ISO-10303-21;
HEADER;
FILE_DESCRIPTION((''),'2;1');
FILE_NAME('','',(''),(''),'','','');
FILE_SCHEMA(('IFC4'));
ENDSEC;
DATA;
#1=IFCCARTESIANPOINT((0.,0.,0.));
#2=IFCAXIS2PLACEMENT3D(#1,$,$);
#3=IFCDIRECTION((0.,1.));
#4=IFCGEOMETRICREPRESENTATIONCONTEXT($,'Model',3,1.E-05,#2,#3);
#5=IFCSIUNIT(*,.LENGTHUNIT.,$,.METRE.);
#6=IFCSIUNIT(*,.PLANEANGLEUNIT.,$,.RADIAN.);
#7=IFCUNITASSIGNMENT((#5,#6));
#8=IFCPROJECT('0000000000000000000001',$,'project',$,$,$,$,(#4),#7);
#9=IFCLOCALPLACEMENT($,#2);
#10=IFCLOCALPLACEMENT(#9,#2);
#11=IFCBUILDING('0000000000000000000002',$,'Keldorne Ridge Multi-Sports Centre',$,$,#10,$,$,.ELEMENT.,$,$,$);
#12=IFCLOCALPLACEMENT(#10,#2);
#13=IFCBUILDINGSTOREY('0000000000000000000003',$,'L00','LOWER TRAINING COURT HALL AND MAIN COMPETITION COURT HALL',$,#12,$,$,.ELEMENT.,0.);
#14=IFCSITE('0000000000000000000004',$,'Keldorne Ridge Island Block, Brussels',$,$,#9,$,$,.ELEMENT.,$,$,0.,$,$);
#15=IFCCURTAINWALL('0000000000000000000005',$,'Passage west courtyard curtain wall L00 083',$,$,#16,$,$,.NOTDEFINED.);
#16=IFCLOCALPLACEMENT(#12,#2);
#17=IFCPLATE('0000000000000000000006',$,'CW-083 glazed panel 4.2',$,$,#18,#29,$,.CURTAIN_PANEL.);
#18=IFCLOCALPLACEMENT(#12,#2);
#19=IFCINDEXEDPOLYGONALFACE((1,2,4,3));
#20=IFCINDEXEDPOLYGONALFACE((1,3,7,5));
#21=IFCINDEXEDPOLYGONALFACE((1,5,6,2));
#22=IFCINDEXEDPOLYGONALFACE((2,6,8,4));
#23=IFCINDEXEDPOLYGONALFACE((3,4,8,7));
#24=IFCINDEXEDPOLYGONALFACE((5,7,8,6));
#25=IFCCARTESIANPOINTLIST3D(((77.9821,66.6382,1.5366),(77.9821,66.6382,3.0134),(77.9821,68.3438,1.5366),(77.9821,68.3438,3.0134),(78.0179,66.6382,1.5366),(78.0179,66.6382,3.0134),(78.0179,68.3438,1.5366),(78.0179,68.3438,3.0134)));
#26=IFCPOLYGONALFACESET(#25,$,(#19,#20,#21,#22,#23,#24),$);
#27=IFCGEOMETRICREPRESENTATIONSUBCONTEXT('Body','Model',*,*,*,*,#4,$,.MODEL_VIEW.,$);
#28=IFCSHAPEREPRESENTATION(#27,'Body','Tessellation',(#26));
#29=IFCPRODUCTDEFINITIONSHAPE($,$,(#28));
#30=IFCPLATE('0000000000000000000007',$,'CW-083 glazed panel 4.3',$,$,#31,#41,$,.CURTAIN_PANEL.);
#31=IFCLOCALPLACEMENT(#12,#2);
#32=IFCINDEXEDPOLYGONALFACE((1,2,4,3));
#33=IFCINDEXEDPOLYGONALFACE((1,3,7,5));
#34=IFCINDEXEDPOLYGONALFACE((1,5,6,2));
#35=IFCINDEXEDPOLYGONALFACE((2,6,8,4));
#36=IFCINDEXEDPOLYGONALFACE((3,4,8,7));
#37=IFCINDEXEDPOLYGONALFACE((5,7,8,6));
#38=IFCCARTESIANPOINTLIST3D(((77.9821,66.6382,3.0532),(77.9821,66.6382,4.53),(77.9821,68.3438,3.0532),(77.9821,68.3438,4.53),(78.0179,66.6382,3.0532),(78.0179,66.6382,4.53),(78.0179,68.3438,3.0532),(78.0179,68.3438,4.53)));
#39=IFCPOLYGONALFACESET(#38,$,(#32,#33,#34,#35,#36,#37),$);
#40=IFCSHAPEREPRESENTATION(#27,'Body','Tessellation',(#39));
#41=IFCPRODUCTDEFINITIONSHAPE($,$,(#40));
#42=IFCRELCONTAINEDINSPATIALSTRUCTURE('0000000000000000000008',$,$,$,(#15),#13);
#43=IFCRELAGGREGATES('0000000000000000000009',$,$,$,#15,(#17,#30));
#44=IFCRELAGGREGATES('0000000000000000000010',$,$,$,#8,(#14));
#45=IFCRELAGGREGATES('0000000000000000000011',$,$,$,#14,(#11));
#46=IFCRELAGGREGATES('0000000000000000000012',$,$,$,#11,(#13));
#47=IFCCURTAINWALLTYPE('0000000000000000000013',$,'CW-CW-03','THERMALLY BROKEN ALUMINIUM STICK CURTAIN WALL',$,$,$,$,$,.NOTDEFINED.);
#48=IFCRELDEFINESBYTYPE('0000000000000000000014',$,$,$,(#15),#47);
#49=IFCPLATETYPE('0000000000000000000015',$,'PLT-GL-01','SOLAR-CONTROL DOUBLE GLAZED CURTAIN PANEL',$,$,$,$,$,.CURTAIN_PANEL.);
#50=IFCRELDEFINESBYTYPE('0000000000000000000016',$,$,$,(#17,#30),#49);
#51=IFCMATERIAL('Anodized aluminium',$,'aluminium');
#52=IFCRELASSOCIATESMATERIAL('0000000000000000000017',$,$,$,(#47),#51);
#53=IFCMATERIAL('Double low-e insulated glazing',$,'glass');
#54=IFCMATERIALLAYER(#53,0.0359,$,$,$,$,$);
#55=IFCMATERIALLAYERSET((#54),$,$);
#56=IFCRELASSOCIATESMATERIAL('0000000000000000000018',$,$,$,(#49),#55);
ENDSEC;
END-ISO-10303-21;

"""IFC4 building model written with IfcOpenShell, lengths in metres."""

from ifc_helpers import new_model, si_unit, direction, frame, origin, origin_2d, place, context, subcontext, project, spatial, rectangle, extrude, material, layer, layer_set, type_object, element, aggregate, save


model = new_model("IFC4")

# Units and contexts
model_context = context("Model", 3, precision=1e-05, world=origin(), true_north=direction((0.0, 1.0)))
body_context = subcontext(model_context, "Body", "Model", "MODEL_VIEW")
ifc_project = project(units=[si_unit("LENGTHUNIT", "METRE"), si_unit("PLANEANGLEUNIT", "RADIAN")], contexts=[model_context])

# Site, building, storey
site_placement = place(None, origin())
site = spatial("IfcSite", under=ifc_project, at=site_placement, Name="Keldorne Ridge Island Block, Brussels", CompositionType="ELEMENT", RefElevation=0.0)
building_placement = place(site_placement, origin())
building = spatial("IfcBuilding", under=site, at=building_placement, Name="Keldorne Ridge Multi-Sports Centre", CompositionType="ELEMENT")
storey_placement = place(building_placement, origin())
storey = spatial("IfcBuildingStorey", under=building, at=storey_placement, Name="L00", Description="LOWER TRAINING COURT HALL AND MAIN COMPETITION COURT HALL", CompositionType="ELEMENT", Elevation=0.0)

# Curtain wall, plates
ifc_material_1 = material(Name="Anodized aluminium", Category="aluminium")
curtain_wall_type = type_object("IfcCurtainWallType", Name="CW-CW-03", Description="THERMALLY BROKEN ALUMINIUM STICK CURTAIN WALL", PredefinedType="NOTDEFINED", material=ifc_material_1)
curtain_wall_placement = place(storey_placement, origin())
curtain_wall = element("IfcCurtainWall", 1, at=curtain_wall_placement, inside=storey, type_object=curtain_wall_type, Name="Passage west courtyard curtain wall L00 083", PredefinedType="NOTDEFINED")
ifc_material_2 = material(Name="Double low-e insulated glazing", Category="glass")
ifc_layer = layer(ifc_material_2, 0.0359)
ifc_layer_set = layer_set([ifc_layer])
plate_type = type_object("IfcPlateType", Name="PLT-GL-01", Description="SOLAR-CONTROL DOUBLE GLAZED CURTAIN PANEL", PredefinedType="CURTAIN_PANEL", material=ifc_layer_set)
plate_1_placement = place(storey_placement, frame((78.0, 67.491, 1.5366), z_axis=(0.0, 0.0, 1.0), x_axis=(0.0, -1.0, 0.0)))
plate_1 = element("IfcPlate", 2, at=plate_1_placement, type_object=plate_type, Name="CW-083 glazed panel 4.2", PredefinedType="CURTAIN_PANEL", context=body_context, shape_type="SweptSolid", body=[
    extrude(rectangle(XDim=1.7056, YDim=0.0359, at=origin_2d()), origin(), (0.0, 0.0, 1.0), 1.4768),
])
plate_2_placement = place(storey_placement, frame((78.0, 67.491, 3.0532), z_axis=(0.0, 0.0, 1.0), x_axis=(0.0, -1.0, 0.0)))
plate_2 = element("IfcPlate", 3, at=plate_2_placement, type_object=plate_type, Name="CW-083 glazed panel 4.3", PredefinedType="CURTAIN_PANEL", context=body_context, shape_type="SweptSolid", body=[
    extrude(rectangle(XDim=1.7056, YDim=0.0359, at=origin_2d()), origin(), (0.0, 0.0, 1.0), 1.4768),
])
aggregate(curtain_wall, [plate_1, plate_2])

save(model, "model.ifc")
